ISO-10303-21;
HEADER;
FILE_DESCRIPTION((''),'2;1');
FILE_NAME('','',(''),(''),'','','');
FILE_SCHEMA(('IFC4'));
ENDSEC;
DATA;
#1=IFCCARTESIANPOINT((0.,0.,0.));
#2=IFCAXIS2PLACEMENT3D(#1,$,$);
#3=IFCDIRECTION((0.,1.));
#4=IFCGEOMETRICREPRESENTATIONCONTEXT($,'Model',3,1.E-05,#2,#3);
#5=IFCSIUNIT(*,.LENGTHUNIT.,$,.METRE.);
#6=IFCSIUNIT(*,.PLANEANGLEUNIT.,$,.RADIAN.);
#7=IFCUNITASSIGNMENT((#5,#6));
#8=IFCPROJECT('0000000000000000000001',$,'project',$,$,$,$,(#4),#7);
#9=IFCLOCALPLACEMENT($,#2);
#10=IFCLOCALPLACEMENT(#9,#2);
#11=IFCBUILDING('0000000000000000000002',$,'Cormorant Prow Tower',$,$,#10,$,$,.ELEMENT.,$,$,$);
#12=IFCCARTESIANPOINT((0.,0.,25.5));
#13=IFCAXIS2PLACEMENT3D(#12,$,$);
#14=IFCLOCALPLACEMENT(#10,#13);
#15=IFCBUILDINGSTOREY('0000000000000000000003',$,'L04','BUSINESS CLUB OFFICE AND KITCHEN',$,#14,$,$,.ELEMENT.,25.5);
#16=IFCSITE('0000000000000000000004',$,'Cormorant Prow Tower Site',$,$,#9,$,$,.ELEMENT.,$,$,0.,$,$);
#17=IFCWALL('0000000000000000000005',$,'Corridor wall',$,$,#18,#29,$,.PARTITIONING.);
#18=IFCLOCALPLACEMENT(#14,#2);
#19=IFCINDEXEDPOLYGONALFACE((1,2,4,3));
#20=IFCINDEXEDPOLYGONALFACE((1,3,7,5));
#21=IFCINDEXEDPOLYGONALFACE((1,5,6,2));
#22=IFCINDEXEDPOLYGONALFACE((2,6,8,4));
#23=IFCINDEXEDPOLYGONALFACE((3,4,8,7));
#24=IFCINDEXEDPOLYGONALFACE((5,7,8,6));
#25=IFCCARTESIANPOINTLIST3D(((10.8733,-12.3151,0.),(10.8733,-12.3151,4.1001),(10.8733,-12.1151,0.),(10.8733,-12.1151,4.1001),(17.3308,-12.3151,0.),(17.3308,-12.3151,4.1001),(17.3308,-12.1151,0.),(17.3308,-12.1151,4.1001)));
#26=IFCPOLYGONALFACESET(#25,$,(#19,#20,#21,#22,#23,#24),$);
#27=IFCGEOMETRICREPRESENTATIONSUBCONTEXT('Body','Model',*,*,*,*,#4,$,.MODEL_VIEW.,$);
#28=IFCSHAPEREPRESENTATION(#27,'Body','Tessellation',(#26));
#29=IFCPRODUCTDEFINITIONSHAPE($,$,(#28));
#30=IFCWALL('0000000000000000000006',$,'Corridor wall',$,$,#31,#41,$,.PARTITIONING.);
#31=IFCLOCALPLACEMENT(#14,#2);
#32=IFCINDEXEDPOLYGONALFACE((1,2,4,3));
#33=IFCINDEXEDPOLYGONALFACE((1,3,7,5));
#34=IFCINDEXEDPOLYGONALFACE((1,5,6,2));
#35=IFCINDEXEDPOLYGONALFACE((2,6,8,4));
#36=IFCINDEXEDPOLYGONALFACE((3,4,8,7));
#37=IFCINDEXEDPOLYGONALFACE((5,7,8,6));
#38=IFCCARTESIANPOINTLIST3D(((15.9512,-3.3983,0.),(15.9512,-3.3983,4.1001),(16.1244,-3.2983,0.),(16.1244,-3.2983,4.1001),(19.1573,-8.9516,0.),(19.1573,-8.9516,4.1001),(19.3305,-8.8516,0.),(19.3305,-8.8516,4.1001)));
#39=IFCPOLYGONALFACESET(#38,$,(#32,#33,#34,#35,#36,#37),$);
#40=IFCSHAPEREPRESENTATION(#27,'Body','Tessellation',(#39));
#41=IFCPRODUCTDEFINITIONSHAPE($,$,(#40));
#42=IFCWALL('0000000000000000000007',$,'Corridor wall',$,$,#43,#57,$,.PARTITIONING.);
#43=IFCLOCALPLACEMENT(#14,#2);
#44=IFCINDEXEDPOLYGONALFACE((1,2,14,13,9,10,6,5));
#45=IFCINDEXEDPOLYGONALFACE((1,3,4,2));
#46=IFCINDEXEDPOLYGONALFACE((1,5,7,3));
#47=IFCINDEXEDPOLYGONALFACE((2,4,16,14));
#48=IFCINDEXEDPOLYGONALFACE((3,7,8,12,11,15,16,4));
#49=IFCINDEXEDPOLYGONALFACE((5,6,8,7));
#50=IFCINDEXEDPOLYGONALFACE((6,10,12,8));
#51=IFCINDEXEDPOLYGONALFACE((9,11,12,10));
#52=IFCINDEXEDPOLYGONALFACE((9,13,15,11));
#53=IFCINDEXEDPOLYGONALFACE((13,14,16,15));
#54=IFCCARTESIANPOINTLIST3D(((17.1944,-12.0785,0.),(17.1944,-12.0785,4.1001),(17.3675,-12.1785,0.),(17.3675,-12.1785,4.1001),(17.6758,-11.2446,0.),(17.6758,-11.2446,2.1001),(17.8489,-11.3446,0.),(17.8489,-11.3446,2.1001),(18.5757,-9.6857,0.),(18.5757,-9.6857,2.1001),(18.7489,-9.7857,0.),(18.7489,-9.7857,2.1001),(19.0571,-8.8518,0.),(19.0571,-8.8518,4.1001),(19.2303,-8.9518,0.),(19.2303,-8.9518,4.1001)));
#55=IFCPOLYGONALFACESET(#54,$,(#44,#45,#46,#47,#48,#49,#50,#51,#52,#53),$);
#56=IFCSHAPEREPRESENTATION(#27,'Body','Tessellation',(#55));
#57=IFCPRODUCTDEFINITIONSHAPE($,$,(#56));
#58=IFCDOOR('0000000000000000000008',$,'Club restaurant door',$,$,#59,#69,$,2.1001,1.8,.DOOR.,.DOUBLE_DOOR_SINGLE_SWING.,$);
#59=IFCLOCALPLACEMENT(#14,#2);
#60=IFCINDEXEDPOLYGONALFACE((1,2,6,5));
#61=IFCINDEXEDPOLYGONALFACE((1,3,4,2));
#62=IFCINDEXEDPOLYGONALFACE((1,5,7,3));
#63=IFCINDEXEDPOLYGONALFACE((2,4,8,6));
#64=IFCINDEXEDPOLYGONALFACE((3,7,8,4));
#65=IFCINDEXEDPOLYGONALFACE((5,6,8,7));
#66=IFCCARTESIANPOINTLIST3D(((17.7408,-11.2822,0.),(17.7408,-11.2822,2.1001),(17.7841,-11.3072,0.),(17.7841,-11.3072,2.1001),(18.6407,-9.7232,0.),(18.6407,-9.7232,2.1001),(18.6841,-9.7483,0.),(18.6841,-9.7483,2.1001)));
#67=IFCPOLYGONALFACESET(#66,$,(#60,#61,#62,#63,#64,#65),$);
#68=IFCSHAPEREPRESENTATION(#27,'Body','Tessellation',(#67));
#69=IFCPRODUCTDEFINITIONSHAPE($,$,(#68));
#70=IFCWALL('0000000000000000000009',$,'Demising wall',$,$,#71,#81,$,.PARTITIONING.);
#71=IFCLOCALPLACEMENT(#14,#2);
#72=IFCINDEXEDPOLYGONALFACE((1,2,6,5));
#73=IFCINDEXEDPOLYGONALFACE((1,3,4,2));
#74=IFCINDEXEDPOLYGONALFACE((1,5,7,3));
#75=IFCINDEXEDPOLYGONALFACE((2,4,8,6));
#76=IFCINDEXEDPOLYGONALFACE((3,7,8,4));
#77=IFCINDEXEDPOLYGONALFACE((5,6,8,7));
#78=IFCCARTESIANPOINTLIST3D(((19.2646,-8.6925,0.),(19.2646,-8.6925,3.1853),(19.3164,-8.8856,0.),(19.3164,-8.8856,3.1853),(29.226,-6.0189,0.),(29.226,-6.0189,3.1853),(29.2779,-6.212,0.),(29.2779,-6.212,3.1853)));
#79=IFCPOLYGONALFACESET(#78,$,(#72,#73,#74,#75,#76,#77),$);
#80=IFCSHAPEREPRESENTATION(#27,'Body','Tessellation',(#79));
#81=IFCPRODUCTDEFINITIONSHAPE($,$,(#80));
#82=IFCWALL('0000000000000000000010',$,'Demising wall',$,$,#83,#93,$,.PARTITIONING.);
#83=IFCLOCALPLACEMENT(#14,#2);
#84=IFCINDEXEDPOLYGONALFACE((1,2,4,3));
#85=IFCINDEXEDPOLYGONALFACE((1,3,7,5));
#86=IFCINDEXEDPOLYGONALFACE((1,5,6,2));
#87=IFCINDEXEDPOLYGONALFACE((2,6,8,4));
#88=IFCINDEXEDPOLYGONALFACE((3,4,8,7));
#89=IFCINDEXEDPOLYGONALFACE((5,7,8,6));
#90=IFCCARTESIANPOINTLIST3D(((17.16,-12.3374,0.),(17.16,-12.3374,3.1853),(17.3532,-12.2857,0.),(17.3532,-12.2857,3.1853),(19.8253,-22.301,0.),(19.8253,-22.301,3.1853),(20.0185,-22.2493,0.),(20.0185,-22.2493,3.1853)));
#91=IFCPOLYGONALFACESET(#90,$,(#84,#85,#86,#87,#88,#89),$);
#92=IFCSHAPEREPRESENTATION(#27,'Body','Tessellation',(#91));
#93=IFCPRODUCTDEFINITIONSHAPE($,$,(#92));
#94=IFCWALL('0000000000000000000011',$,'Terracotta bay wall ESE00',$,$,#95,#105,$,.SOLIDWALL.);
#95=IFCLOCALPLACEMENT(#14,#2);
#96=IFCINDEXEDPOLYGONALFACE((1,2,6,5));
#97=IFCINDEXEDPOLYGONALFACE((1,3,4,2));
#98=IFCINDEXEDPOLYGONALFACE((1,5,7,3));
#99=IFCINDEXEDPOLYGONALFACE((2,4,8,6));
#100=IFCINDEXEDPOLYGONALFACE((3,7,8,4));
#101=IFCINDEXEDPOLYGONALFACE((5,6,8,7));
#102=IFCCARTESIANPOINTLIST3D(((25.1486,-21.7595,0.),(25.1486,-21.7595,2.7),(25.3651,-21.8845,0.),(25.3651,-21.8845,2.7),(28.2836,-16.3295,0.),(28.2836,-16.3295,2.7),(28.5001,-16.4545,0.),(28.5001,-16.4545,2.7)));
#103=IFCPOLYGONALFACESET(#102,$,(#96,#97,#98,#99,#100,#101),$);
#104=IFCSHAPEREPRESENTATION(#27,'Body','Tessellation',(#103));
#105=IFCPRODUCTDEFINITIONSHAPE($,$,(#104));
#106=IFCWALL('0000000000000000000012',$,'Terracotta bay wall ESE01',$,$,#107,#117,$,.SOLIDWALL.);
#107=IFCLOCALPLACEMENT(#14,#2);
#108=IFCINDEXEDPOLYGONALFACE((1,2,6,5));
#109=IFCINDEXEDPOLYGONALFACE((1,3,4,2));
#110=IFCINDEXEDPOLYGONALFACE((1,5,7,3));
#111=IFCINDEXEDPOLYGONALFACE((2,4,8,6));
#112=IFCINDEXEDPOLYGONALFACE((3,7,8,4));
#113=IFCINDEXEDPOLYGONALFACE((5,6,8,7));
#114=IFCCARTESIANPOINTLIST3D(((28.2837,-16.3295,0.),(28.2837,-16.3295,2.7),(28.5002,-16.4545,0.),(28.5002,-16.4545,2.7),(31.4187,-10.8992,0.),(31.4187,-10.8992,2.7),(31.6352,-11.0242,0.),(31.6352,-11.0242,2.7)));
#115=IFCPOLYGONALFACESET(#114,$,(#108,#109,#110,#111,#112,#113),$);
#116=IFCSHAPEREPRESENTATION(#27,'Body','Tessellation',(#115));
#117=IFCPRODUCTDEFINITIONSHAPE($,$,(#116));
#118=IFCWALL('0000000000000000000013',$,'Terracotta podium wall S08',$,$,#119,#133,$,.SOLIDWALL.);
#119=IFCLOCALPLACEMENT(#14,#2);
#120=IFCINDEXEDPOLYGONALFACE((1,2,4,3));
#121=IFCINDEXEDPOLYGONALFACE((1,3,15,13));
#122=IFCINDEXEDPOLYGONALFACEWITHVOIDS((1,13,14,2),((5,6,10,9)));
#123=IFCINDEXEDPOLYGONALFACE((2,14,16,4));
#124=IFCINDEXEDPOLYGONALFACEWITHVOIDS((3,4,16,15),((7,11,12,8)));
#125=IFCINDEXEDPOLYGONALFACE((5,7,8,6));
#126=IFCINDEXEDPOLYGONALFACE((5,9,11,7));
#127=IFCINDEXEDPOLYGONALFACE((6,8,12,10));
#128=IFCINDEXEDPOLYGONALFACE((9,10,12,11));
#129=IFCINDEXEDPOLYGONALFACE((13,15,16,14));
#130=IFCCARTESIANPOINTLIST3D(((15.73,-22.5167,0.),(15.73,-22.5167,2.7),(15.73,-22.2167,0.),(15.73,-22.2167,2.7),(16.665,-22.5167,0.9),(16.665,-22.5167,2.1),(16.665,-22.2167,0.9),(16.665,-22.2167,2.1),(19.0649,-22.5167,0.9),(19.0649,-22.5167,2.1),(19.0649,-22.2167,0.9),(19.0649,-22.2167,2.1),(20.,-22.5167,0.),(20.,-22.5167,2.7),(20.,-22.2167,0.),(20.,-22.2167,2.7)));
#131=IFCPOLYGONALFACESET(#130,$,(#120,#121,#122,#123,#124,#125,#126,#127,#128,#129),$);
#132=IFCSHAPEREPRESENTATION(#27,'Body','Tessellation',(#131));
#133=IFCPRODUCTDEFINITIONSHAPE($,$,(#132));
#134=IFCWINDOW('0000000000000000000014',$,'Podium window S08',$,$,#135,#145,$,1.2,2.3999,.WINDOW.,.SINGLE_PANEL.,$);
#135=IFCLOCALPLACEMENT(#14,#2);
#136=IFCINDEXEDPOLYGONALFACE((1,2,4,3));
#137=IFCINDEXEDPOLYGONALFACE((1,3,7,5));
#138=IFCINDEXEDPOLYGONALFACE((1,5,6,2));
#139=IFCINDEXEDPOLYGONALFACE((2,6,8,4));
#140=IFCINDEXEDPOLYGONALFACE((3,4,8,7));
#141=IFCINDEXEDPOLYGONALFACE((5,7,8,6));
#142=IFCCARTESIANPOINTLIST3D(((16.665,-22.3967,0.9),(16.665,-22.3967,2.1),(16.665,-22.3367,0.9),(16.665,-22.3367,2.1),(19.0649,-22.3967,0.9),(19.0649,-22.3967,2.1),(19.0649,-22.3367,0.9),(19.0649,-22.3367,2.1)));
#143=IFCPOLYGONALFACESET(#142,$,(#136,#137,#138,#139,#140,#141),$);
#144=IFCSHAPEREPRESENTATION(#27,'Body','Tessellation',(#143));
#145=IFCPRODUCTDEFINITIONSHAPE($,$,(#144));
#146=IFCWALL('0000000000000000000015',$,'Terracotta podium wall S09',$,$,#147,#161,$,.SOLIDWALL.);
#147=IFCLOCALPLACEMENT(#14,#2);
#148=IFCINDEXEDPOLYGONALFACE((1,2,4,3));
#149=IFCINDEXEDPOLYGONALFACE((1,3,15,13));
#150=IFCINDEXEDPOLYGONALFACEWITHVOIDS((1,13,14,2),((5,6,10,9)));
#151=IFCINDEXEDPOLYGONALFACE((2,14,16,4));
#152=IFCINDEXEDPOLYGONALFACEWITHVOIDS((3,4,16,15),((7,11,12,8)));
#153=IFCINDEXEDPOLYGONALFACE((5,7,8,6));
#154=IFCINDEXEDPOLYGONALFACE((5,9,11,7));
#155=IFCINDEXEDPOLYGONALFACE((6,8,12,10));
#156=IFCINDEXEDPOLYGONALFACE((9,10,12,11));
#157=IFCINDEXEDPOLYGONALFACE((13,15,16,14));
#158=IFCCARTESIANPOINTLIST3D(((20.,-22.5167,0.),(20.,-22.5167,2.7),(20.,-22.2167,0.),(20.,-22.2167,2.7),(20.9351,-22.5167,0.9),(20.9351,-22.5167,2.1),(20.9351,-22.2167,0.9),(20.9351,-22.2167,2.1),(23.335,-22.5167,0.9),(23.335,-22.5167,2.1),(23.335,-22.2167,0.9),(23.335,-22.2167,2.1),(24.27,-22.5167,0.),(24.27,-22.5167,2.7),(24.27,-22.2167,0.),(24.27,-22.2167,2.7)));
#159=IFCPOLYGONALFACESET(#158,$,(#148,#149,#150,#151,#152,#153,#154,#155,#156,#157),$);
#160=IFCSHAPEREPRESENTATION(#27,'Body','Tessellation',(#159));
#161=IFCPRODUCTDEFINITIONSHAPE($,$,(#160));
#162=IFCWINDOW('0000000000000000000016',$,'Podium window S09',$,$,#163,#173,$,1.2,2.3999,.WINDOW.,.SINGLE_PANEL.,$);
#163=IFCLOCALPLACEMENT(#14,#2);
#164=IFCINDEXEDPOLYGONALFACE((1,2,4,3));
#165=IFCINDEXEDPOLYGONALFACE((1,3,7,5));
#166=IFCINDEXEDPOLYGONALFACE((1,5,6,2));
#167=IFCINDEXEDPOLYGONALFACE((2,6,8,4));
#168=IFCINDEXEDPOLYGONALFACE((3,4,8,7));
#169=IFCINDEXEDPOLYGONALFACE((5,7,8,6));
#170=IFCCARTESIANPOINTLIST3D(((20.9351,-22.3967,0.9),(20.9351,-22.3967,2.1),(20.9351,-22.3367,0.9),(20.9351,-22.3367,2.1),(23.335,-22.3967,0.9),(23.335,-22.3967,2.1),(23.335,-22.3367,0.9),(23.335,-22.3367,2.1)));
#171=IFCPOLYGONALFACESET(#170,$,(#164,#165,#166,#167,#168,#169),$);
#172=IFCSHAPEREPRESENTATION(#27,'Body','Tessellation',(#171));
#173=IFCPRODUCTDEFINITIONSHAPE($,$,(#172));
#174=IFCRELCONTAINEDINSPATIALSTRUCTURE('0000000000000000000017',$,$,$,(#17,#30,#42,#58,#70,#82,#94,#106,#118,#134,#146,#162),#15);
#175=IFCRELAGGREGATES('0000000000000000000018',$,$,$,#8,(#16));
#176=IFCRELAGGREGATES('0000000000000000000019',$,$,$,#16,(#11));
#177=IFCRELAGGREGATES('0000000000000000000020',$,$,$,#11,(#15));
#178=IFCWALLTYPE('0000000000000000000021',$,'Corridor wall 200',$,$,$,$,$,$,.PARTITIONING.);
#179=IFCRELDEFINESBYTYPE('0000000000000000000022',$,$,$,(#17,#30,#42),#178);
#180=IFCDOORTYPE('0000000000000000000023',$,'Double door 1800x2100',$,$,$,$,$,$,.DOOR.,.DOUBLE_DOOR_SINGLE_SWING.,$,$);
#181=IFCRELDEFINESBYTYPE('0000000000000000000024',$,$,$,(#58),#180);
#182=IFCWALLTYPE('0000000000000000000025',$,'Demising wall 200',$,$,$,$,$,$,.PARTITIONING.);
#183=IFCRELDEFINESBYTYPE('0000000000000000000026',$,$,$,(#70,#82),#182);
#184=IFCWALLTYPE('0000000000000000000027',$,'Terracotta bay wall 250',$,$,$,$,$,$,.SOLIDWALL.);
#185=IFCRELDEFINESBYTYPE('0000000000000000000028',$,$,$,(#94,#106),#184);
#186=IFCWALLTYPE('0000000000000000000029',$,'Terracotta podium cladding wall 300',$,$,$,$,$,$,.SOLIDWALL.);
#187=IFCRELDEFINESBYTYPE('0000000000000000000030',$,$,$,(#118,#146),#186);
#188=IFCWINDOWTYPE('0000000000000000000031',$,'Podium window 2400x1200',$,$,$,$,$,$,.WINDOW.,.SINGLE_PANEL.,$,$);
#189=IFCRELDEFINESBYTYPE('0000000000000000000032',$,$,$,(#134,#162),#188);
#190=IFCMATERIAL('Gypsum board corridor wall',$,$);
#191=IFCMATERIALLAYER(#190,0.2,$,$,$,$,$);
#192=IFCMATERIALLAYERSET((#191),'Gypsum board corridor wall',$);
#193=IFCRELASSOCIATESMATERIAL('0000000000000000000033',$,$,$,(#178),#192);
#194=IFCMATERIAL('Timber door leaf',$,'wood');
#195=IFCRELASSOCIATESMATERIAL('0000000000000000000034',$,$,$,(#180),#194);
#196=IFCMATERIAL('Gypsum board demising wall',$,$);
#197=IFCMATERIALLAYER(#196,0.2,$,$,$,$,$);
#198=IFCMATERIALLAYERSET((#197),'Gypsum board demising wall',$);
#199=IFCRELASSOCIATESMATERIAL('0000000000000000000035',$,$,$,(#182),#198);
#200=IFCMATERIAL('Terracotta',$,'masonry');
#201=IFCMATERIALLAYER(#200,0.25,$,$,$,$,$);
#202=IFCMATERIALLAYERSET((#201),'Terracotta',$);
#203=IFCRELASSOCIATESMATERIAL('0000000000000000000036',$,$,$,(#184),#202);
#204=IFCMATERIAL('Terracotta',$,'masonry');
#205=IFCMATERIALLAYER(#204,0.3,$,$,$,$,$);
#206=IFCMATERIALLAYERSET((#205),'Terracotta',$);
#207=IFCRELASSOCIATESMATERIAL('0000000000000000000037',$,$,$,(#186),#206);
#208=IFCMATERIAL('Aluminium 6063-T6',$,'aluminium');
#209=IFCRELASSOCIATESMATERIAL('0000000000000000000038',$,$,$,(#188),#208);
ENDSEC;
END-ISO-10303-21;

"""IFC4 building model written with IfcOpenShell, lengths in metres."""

from ifc_helpers import new_model, si_unit, direction, frame, frame_2d, origin, place, context, subcontext, project, spatial, rectangle, extrude, material, layer, layer_set, type_object, element, fill, save


model = new_model("IFC4")

# Units and contexts
model_context = context("Model", 3, precision=1e-05, world=origin(), true_north=direction((0.0, 1.0)))
body_context = subcontext(model_context, "Body", "Model", "MODEL_VIEW")
ifc_project = project(units=[si_unit("LENGTHUNIT", "METRE"), si_unit("PLANEANGLEUNIT", "RADIAN")], contexts=[model_context])

# Site, building, storey
site_placement = place(None, origin())
site = spatial("IfcSite", under=ifc_project, at=site_placement, Name="Cormorant Prow Tower Site", CompositionType="ELEMENT", RefElevation=0.0)
building_placement = place(site_placement, origin())
building = spatial("IfcBuilding", under=site, at=building_placement, Name="Cormorant Prow Tower", CompositionType="ELEMENT")
storey_placement = place(building_placement, frame((0.0, 0.0, 25.5)))
storey = spatial("IfcBuildingStorey", under=building, at=storey_placement, Name="L04", Description="BUSINESS CLUB OFFICE AND KITCHEN", CompositionType="ELEMENT", Elevation=25.5)

# Walls
ifc_material_1 = material(Name="Gypsum board corridor wall")
ifc_layer_1 = layer(ifc_material_1, 0.2)
ifc_layer_set_1 = layer_set([ifc_layer_1], Name="Gypsum board corridor wall")
wall_type_1 = type_object("IfcWallType", Name="Corridor wall 200", PredefinedType="PARTITIONING", material=ifc_layer_set_1)
wall_1_placement = place(storey_placement, frame((10.8733, -12.2151, 0.0), z_axis=(0.0, 0.0, 1.0), x_axis=(1.0, 0.0, 0.0)))
element("IfcWall", 1, at=wall_1_placement, inside=storey, type_object=wall_type_1, Name="Corridor wall", PredefinedType="PARTITIONING", context=body_context, shape_type="SweptSolid", body=[
    extrude(rectangle(XDim=6.4575, YDim=0.2, at=frame_2d((3.2288, 0.0))), origin(), (0.0, 0.0, 1.0), 4.1001),
])
wall_2_placement = place(storey_placement, frame((16.0378, -3.3484, 0.0), z_axis=(0.0, 0.0, 1.0), x_axis=(0.499988, -0.866032, 0.0)))
element("IfcWall", 2, at=wall_2_placement, inside=storey, type_object=wall_type_1, Name="Corridor wall", PredefinedType="PARTITIONING", context=body_context, shape_type="SweptSolid", body=[
    extrude(rectangle(XDim=6.4124, YDim=0.2, at=frame_2d((3.2061, 0.0))), origin(), (0.0, 0.0, 1.0), 4.1001),
])

# Wall, opening, door
wall_3_placement = place(storey_placement, frame((17.281, -12.1284, 0.0), z_axis=(0.0, 0.0, 1.0), x_axis=(0.499959, 0.866049, 0.0)))
wall_3 = element("IfcWall", 3, at=wall_3_placement, inside=storey, type_object=wall_type_1, Name="Corridor wall", PredefinedType="PARTITIONING", context=body_context, shape_type="SweptSolid", body=[
    extrude(rectangle(XDim=3.7258, YDim=0.2, at=frame_2d((1.8628, 0.0))), origin(), (0.0, 0.0, 1.0), 4.1001),
])
opening_1_placement = place(wall_3_placement, frame((0.9629, 0.0, 0.0)))
opening_1 = element("IfcOpeningElement", 4, at=opening_1_placement, cuts=wall_3, PredefinedType="OPENING", context=body_context, shape_type="SweptSolid", body=[
    extrude(rectangle(XDim=1.8, YDim=2.1001, at=frame_2d((0.8999, 1.05))), frame((0.0, 0.1099, 0.0), z_axis=(0.0, -1.0, 0.0), x_axis=(1.0, 0.0, 0.0)), (0.0, 0.0, 1.0), 0.22),
])
ifc_material_2 = material(Name="Timber door leaf", Category="wood")
door_type_1 = type_object("IfcDoorType", Name="Double door 1800x2100", OperationType="DOUBLE_DOOR_SINGLE_SWING", PredefinedType="DOOR", material=ifc_material_2)
door_1_placement = place(opening_1_placement, origin())
door_1 = element("IfcDoor", 5, at=door_1_placement, inside=storey, type_object=door_type_1, Name="Club restaurant door", OperationType="DOUBLE_DOOR_SINGLE_SWING", OverallHeight=2.1001, OverallWidth=1.8, PredefinedType="DOOR", context=body_context, shape_type="SweptSolid", body=[
    extrude(rectangle(XDim=1.8, YDim=2.1001, at=frame_2d((0.8999, 1.05))), frame((0.0, 0.0249, 0.0), z_axis=(0.0, -1.0, 0.0), x_axis=(1.0, 0.0, 0.0)), (0.0, 0.0, 1.0), 0.05),
])
fill(opening_1, door_1)

# Walls
ifc_material_3 = material(Name="Gypsum board demising wall")
ifc_layer_2 = layer(ifc_material_3, 0.2)
ifc_layer_set_2 = layer_set([ifc_layer_2], Name="Gypsum board demising wall")
wall_type_2 = type_object("IfcWallType", Name="Demising wall 200", PredefinedType="PARTITIONING", material=ifc_layer_set_2)
for number, where, z_axis, x_axis, name in (
    (6, (19.2905, -8.7891, 0.0), (0.0, 0.0, 1.0), (0.965818, 0.25922, 0.0), "Demising wall"),
    (7, (17.2566, -12.3115, 0.0), (0.0, 0.0, 1.0), (0.258415, -0.966034, 0.0), "Demising wall"),
):
    element("IfcWall", number, at=place(storey_placement, frame(where, z_axis=z_axis, x_axis=x_axis)), inside=storey, type_object=wall_type_2, Name=name, PredefinedType="PARTITIONING", context=body_context, shape_type="SweptSolid", body=[
        extrude(rectangle(XDim=10.314, YDim=0.2, at=frame_2d((5.157, 0.0))), origin(), (0.0, 0.0, 1.0), 3.1853),
    ])
ifc_material_4 = material(Name="Terracotta", Category="masonry")
ifc_layer_3 = layer(ifc_material_4, 0.25)
ifc_layer_set_3 = layer_set([ifc_layer_3], Name="Terracotta")
wall_type_3 = type_object("IfcWallType", Name="Terracotta bay wall 250", PredefinedType="SOLIDWALL", material=ifc_layer_set_3)
wall_4_placement = place(storey_placement, frame((25.2568, -21.822, 0.0), z_axis=(0.0, 0.0, 1.0), x_axis=(0.500004, 0.866023, 0.0)))
element("IfcWall", 8, at=wall_4_placement, inside=storey, type_object=wall_type_3, Name="Terracotta bay wall ESE00", PredefinedType="SOLIDWALL", context=body_context, shape_type="SweptSolid", body=[
    extrude(rectangle(XDim=6.27, YDim=0.25, at=frame_2d((3.135, 0.0))), origin(), (0.0, 0.0, 1.0), 2.7),
])
wall_5_placement = place(storey_placement, frame((28.3918, -16.3921, 0.0), z_axis=(0.0, 0.0, 1.0), x_axis=(0.499988, 0.866033, 0.0)))
element("IfcWall", 9, at=wall_5_placement, inside=storey, type_object=wall_type_3, Name="Terracotta bay wall ESE01", PredefinedType="SOLIDWALL", context=body_context, shape_type="SweptSolid", body=[
    extrude(rectangle(XDim=6.2703, YDim=0.25, at=frame_2d((3.1353, 0.0))), origin(), (0.0, 0.0, 1.0), 2.7),
])

# Walls, openings, windows
ifc_material_5 = material(Name="Terracotta", Category="masonry")
ifc_layer_4 = layer(ifc_material_5, 0.3)
ifc_layer_set_4 = layer_set([ifc_layer_4], Name="Terracotta")
wall_type_4 = type_object("IfcWallType", Name="Terracotta podium cladding wall 300", PredefinedType="SOLIDWALL", material=ifc_layer_set_4)
wall_6_placement = place(storey_placement, frame((15.73, -22.3667, 0.0), z_axis=(0.0, 0.0, 1.0), x_axis=(1.0, 0.0, 0.0)))
wall_6 = element("IfcWall", 10, at=wall_6_placement, inside=storey, type_object=wall_type_4, Name="Terracotta podium wall S08", PredefinedType="SOLIDWALL", context=body_context, shape_type="SweptSolid", body=[
    extrude(rectangle(XDim=4.27, YDim=0.3, at=frame_2d((2.135, 0.0))), origin(), (0.0, 0.0, 1.0), 2.7),
])
opening_2_placement = place(wall_6_placement, frame((0.9351, 0.0, 0.8999)))
opening_2 = element("IfcOpeningElement", 11, at=opening_2_placement, cuts=wall_6, PredefinedType="OPENING", context=body_context, shape_type="SweptSolid", body=[
    extrude(rectangle(XDim=2.3999, YDim=1.2, at=frame_2d((1.2, 0.6001))), frame((0.0, 0.1599, 0.0), z_axis=(0.0, -1.0, 0.0), x_axis=(1.0, 0.0, 0.0)), (0.0, 0.0, 1.0), 0.3201),
])
ifc_material_6 = material(Name="Aluminium 6063-T6", Category="aluminium")
window_type = type_object("IfcWindowType", Name="Podium window 2400x1200", PartitioningType="SINGLE_PANEL", PredefinedType="WINDOW", material=ifc_material_6)
window_1_placement = place(opening_2_placement, origin())
window_1 = element("IfcWindow", 12, at=window_1_placement, inside=storey, type_object=window_type, Name="Podium window S08", OverallHeight=1.2, OverallWidth=2.3999, PartitioningType="SINGLE_PANEL", PredefinedType="WINDOW", context=body_context, shape_type="SweptSolid", body=[
    extrude(rectangle(XDim=2.3999, YDim=1.2, at=frame_2d((1.2, 0.6001))), frame((0.0, 0.03, 0.0), z_axis=(0.0, -1.0, 0.0), x_axis=(1.0, 0.0, 0.0)), (0.0, 0.0, 1.0), 0.0601),
])
fill(opening_2, window_1)
wall_7_placement = place(storey_placement, frame((20.0, -22.3667, 0.0), z_axis=(0.0, 0.0, 1.0), x_axis=(1.0, 0.0, 0.0)))
wall_7 = element("IfcWall", 13, at=wall_7_placement, inside=storey, type_object=wall_type_4, Name="Terracotta podium wall S09", PredefinedType="SOLIDWALL", context=body_context, shape_type="SweptSolid", body=[
    extrude(rectangle(XDim=4.27, YDim=0.3, at=frame_2d((2.135, 0.0))), origin(), (0.0, 0.0, 1.0), 2.7),
])
opening_3_placement = place(wall_7_placement, frame((0.9351, 0.0, 0.8999)))
opening_3 = element("IfcOpeningElement", 14, at=opening_3_placement, cuts=wall_7, PredefinedType="OPENING", context=body_context, shape_type="SweptSolid", body=[
    extrude(rectangle(XDim=2.3999, YDim=1.2, at=frame_2d((1.2, 0.6001))), frame((0.0, 0.1599, 0.0), z_axis=(0.0, -1.0, 0.0), x_axis=(1.0, 0.0, 0.0)), (0.0, 0.0, 1.0), 0.3201),
])
window_2_placement = place(opening_3_placement, origin())
window_2 = element("IfcWindow", 15, at=window_2_placement, inside=storey, type_object=window_type, Name="Podium window S09", OverallHeight=1.2, OverallWidth=2.3999, PartitioningType="SINGLE_PANEL", PredefinedType="WINDOW", context=body_context, shape_type="SweptSolid", body=[
    extrude(rectangle(XDim=2.3999, YDim=1.2, at=frame_2d((1.2, 0.6001))), frame((0.0, 0.03, 0.0), z_axis=(0.0, -1.0, 0.0), x_axis=(1.0, 0.0, 0.0)), (0.0, 0.0, 1.0), 0.0601),
])
fill(opening_3, window_2)

save(model, "model.ifc")
